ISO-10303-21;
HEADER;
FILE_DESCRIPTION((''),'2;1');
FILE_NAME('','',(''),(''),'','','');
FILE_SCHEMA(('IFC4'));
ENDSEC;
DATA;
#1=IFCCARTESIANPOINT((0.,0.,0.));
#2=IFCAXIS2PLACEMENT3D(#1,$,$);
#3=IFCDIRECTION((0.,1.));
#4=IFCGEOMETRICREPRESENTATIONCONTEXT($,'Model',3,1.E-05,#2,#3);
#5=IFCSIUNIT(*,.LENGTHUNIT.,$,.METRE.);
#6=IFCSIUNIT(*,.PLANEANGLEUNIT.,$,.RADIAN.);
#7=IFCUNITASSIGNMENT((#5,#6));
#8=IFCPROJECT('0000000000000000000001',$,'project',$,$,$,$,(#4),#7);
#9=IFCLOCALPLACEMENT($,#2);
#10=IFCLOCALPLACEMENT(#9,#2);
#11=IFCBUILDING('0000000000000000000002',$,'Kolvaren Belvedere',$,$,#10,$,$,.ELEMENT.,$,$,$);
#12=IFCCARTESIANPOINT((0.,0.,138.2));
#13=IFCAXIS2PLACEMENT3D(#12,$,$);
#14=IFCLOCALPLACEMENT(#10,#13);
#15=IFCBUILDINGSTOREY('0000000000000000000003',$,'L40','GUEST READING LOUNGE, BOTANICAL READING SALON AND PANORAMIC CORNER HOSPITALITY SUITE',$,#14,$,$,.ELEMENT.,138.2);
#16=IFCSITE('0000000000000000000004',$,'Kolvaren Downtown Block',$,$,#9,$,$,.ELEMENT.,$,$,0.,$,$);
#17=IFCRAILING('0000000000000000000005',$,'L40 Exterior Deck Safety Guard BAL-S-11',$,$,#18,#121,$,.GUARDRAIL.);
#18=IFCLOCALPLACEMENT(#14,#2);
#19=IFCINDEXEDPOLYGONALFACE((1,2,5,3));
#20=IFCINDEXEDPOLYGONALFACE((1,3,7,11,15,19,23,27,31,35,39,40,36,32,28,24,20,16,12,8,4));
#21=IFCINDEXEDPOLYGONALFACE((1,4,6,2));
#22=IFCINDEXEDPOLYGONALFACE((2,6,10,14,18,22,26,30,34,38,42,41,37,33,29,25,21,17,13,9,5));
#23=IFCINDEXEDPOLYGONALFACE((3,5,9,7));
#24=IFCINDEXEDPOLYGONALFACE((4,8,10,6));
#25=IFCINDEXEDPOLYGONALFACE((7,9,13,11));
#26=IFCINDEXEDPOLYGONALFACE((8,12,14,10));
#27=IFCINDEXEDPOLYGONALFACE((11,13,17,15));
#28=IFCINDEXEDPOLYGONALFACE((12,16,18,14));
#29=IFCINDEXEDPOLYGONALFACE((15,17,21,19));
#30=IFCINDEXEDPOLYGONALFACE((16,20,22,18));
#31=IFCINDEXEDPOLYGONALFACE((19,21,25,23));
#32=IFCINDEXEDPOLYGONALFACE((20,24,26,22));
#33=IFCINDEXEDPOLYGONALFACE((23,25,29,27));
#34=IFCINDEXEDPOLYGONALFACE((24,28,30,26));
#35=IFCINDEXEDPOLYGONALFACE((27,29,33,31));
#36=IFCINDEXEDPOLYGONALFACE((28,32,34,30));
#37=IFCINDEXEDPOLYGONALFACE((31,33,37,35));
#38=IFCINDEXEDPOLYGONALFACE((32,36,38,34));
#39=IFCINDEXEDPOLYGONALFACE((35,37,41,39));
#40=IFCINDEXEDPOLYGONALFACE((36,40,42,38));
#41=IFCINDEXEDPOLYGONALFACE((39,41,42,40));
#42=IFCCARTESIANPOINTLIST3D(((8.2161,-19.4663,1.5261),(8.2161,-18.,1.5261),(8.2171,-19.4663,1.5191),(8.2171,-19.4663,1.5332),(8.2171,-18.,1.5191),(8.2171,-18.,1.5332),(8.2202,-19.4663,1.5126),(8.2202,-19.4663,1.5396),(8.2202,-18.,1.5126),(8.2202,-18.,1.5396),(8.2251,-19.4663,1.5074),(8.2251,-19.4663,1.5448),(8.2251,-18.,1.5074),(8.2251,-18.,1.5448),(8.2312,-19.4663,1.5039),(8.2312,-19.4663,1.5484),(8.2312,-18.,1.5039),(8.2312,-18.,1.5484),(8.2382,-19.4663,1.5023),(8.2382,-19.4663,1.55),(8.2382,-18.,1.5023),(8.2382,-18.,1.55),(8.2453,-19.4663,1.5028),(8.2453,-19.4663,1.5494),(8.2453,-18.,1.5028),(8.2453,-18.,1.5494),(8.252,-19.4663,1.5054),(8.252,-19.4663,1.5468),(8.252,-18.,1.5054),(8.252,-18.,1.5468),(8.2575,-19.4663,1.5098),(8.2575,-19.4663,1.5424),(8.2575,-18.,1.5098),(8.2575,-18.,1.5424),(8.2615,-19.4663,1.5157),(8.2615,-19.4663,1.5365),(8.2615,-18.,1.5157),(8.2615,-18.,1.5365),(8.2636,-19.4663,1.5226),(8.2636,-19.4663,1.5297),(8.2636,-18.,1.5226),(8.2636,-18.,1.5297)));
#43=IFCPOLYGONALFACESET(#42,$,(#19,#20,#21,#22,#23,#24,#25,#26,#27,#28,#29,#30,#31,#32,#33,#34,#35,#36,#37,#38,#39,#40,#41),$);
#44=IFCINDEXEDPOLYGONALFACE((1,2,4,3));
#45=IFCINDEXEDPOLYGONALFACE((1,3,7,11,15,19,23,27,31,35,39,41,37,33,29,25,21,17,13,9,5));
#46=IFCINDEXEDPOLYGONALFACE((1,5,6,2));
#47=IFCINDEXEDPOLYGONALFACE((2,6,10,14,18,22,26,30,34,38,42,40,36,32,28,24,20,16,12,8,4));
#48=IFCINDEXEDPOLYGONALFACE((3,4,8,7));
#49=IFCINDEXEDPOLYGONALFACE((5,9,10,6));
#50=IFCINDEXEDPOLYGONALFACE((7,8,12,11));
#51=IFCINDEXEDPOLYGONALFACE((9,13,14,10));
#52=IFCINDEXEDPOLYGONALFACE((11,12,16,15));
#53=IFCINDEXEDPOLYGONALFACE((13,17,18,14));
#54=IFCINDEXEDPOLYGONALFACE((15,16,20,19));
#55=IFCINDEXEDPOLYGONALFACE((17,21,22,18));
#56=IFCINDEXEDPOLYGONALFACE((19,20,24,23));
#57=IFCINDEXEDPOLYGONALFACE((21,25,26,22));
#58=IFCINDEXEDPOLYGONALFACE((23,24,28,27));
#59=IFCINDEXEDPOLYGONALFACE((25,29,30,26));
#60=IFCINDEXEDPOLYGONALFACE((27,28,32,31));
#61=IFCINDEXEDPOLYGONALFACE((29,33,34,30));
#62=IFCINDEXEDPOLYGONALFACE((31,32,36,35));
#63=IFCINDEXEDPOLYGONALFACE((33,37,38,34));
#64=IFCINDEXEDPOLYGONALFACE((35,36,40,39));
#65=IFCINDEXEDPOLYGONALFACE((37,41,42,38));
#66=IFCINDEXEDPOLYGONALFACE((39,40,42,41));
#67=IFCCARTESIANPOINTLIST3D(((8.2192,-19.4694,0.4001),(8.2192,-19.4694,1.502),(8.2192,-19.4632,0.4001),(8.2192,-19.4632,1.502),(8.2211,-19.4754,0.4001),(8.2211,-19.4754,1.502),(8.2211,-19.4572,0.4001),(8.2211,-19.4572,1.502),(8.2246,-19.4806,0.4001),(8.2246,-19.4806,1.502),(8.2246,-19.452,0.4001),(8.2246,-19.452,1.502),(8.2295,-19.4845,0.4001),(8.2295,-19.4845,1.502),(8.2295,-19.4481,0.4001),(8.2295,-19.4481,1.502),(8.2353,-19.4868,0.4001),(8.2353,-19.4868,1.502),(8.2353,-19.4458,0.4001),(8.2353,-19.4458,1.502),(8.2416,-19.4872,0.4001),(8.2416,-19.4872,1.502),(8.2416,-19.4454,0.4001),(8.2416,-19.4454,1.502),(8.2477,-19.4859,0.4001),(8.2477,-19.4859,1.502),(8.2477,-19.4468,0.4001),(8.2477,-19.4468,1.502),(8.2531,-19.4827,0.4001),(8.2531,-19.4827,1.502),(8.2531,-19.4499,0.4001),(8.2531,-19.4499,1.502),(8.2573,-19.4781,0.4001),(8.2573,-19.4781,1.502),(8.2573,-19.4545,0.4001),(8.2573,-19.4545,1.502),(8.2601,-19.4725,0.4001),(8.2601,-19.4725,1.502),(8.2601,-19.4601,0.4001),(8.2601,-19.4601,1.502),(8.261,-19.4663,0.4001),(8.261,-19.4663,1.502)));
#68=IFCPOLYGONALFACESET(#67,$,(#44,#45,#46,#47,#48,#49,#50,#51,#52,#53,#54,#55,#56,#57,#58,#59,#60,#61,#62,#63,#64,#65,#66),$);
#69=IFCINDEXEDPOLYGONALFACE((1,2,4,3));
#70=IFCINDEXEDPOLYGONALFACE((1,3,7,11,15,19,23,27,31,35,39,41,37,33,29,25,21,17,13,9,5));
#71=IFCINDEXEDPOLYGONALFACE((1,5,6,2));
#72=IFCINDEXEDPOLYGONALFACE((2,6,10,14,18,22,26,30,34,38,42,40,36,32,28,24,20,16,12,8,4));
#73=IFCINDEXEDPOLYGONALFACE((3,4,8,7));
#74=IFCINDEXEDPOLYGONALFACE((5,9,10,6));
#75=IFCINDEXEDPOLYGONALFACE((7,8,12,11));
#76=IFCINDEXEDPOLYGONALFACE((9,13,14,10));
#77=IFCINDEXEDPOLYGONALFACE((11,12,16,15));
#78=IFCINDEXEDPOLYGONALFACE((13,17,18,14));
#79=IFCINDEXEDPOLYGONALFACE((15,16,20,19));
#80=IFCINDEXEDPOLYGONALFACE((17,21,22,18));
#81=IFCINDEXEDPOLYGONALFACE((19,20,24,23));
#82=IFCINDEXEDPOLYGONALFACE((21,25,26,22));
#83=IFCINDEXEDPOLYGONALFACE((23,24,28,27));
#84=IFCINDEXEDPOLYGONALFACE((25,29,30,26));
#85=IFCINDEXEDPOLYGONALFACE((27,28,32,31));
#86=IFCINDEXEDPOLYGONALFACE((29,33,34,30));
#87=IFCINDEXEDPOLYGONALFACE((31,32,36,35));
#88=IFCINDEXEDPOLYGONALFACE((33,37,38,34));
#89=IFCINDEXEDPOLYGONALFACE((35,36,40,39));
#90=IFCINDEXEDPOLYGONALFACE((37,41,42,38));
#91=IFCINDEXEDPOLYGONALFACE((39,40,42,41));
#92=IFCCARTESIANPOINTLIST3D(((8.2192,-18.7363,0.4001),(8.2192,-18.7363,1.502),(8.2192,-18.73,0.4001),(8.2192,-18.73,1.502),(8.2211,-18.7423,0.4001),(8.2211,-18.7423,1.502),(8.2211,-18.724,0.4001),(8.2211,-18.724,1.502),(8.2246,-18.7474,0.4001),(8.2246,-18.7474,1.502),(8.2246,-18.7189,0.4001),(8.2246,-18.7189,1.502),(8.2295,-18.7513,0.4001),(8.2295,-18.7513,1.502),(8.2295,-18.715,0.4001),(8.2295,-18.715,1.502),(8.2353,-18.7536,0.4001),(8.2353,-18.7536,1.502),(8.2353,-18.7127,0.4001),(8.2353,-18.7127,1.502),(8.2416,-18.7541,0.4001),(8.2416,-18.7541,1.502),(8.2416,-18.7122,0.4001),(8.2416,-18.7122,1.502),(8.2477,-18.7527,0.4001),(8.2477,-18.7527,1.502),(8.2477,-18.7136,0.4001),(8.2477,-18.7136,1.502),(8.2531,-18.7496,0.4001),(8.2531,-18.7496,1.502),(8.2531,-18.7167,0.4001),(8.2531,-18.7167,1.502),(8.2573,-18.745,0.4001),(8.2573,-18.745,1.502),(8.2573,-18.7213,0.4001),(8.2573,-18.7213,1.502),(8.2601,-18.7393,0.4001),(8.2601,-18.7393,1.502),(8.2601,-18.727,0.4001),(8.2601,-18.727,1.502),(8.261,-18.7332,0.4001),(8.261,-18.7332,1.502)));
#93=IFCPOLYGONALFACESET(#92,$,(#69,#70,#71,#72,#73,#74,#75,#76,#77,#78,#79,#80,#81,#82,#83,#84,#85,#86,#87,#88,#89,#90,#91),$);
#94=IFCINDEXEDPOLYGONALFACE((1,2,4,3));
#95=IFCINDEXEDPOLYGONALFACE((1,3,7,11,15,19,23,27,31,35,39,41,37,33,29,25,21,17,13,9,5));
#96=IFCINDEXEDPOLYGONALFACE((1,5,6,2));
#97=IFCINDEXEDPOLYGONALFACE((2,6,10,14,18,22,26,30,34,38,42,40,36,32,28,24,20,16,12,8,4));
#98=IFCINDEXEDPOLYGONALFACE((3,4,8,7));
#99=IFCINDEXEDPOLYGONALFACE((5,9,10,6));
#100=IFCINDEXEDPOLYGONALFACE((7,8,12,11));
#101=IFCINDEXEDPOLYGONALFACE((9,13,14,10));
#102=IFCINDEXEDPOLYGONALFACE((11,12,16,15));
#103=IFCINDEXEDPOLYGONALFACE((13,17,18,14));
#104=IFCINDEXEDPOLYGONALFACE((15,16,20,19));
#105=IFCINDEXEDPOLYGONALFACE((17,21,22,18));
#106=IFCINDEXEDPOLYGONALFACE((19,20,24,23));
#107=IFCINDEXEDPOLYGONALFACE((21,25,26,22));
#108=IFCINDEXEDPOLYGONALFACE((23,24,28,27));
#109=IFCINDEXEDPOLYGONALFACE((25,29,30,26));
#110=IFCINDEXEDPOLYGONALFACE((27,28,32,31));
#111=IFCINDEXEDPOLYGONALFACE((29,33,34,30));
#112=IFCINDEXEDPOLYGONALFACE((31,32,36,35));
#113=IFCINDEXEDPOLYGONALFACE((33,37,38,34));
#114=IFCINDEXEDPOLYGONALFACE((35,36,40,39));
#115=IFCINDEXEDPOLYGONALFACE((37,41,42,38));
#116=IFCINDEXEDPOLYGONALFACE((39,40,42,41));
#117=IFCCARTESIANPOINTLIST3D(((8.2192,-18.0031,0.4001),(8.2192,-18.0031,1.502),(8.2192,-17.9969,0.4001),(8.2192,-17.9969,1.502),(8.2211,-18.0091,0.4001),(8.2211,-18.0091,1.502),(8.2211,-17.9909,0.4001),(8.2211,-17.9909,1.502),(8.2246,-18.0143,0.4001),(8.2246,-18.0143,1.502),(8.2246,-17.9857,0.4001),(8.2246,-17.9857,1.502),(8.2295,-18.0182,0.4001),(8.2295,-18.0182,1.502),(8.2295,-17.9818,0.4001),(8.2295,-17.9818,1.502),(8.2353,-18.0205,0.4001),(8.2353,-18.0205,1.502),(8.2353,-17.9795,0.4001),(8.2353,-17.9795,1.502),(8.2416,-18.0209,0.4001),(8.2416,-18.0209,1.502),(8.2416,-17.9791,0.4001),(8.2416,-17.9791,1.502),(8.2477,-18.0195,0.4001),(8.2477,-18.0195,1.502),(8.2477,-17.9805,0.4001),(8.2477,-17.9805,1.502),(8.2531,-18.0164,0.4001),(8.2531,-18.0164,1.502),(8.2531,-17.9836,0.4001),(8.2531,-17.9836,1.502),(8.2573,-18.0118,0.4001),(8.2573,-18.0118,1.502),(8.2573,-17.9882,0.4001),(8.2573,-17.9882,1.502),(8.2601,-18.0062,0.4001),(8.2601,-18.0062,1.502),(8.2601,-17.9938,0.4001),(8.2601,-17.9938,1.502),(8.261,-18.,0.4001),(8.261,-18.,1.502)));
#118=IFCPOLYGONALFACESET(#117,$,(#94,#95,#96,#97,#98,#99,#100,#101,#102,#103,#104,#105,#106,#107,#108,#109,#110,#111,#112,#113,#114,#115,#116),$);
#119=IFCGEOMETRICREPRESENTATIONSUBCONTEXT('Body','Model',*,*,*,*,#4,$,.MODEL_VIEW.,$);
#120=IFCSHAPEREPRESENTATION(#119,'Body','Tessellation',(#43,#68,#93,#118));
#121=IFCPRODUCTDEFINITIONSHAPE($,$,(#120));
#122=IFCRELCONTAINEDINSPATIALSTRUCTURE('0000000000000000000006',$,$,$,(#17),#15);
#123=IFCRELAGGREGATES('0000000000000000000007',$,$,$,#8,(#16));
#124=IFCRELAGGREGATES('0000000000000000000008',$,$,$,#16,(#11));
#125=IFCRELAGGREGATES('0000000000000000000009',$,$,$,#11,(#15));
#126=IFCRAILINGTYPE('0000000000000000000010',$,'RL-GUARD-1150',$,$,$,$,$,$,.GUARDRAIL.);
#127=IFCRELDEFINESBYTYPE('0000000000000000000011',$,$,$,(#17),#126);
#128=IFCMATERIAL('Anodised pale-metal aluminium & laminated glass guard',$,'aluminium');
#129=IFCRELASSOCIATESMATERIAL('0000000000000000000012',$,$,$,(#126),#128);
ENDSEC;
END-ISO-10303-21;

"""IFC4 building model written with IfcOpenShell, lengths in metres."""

from ifc_helpers import new_model, si_unit, direction, frame, origin, origin_2d, place, context, subcontext, project, spatial, circle, extrude, material, type_object, element, save


model = new_model("IFC4")

# Units and contexts
model_context = context("Model", 3, precision=1e-05, world=origin(), true_north=direction((0.0, 1.0)))
body_context = subcontext(model_context, "Body", "Model", "MODEL_VIEW")
ifc_project = project(units=[si_unit("LENGTHUNIT", "METRE"), si_unit("PLANEANGLEUNIT", "RADIAN")], contexts=[model_context])

# Site, building, storey
site_placement = place(None, origin())
site = spatial("IfcSite", under=ifc_project, at=site_placement, Name="Kolvaren Downtown Block", CompositionType="ELEMENT", RefElevation=0.0)
building_placement = place(site_placement, origin())
building = spatial("IfcBuilding", under=site, at=building_placement, Name="Kolvaren Belvedere", CompositionType="ELEMENT")
storey_placement = place(building_placement, frame((0.0, 0.0, 138.2)))
storey = spatial("IfcBuildingStorey", under=building, at=storey_placement, Name="L40", Description="GUEST READING LOUNGE, BOTANICAL READING SALON AND PANORAMIC CORNER HOSPITALITY SUITE", CompositionType="ELEMENT", Elevation=138.2)

# Railing
ifc_material_1 = material(Name="Anodised pale-metal aluminium & laminated glass guard", Category="aluminium")
railing_type = type_object("IfcRailingType", Name="RL-GUARD-1150", PredefinedType="GUARDRAIL", material=ifc_material_1)
railing_1_placement = place(storey_placement, frame((8.24, -19.4663, 0.4001)))
element("IfcRailing", 1, at=railing_1_placement, inside=storey, type_object=railing_type, Name="L40 Exterior Deck Safety Guard BAL-S-11", PredefinedType="GUARDRAIL", context=body_context, shape_type="SweptSolid", body=[
    extrude(circle(Radius=0.0239, at=origin_2d()), frame((0.0, 0.0, 1.126), z_axis=(0.0, 1.0, 0.0), x_axis=(-1.0, 0.0, 0.0)), (0.0, 0.0, 1.0), 1.4663),
    extrude(circle(Radius=0.021, at=origin_2d()), origin(), (0.0, 0.0, 1.0), 1.1018),
    extrude(circle(Radius=0.021, at=origin_2d()), frame((0.0, 0.7332, 0.0)), (0.0, 0.0, 1.0), 1.1018),
    extrude(circle(Radius=0.021, at=origin_2d()), frame((0.0, 1.4663, 0.0)), (0.0, 0.0, 1.0), 1.1018),
])

save(model, "model.ifc")
